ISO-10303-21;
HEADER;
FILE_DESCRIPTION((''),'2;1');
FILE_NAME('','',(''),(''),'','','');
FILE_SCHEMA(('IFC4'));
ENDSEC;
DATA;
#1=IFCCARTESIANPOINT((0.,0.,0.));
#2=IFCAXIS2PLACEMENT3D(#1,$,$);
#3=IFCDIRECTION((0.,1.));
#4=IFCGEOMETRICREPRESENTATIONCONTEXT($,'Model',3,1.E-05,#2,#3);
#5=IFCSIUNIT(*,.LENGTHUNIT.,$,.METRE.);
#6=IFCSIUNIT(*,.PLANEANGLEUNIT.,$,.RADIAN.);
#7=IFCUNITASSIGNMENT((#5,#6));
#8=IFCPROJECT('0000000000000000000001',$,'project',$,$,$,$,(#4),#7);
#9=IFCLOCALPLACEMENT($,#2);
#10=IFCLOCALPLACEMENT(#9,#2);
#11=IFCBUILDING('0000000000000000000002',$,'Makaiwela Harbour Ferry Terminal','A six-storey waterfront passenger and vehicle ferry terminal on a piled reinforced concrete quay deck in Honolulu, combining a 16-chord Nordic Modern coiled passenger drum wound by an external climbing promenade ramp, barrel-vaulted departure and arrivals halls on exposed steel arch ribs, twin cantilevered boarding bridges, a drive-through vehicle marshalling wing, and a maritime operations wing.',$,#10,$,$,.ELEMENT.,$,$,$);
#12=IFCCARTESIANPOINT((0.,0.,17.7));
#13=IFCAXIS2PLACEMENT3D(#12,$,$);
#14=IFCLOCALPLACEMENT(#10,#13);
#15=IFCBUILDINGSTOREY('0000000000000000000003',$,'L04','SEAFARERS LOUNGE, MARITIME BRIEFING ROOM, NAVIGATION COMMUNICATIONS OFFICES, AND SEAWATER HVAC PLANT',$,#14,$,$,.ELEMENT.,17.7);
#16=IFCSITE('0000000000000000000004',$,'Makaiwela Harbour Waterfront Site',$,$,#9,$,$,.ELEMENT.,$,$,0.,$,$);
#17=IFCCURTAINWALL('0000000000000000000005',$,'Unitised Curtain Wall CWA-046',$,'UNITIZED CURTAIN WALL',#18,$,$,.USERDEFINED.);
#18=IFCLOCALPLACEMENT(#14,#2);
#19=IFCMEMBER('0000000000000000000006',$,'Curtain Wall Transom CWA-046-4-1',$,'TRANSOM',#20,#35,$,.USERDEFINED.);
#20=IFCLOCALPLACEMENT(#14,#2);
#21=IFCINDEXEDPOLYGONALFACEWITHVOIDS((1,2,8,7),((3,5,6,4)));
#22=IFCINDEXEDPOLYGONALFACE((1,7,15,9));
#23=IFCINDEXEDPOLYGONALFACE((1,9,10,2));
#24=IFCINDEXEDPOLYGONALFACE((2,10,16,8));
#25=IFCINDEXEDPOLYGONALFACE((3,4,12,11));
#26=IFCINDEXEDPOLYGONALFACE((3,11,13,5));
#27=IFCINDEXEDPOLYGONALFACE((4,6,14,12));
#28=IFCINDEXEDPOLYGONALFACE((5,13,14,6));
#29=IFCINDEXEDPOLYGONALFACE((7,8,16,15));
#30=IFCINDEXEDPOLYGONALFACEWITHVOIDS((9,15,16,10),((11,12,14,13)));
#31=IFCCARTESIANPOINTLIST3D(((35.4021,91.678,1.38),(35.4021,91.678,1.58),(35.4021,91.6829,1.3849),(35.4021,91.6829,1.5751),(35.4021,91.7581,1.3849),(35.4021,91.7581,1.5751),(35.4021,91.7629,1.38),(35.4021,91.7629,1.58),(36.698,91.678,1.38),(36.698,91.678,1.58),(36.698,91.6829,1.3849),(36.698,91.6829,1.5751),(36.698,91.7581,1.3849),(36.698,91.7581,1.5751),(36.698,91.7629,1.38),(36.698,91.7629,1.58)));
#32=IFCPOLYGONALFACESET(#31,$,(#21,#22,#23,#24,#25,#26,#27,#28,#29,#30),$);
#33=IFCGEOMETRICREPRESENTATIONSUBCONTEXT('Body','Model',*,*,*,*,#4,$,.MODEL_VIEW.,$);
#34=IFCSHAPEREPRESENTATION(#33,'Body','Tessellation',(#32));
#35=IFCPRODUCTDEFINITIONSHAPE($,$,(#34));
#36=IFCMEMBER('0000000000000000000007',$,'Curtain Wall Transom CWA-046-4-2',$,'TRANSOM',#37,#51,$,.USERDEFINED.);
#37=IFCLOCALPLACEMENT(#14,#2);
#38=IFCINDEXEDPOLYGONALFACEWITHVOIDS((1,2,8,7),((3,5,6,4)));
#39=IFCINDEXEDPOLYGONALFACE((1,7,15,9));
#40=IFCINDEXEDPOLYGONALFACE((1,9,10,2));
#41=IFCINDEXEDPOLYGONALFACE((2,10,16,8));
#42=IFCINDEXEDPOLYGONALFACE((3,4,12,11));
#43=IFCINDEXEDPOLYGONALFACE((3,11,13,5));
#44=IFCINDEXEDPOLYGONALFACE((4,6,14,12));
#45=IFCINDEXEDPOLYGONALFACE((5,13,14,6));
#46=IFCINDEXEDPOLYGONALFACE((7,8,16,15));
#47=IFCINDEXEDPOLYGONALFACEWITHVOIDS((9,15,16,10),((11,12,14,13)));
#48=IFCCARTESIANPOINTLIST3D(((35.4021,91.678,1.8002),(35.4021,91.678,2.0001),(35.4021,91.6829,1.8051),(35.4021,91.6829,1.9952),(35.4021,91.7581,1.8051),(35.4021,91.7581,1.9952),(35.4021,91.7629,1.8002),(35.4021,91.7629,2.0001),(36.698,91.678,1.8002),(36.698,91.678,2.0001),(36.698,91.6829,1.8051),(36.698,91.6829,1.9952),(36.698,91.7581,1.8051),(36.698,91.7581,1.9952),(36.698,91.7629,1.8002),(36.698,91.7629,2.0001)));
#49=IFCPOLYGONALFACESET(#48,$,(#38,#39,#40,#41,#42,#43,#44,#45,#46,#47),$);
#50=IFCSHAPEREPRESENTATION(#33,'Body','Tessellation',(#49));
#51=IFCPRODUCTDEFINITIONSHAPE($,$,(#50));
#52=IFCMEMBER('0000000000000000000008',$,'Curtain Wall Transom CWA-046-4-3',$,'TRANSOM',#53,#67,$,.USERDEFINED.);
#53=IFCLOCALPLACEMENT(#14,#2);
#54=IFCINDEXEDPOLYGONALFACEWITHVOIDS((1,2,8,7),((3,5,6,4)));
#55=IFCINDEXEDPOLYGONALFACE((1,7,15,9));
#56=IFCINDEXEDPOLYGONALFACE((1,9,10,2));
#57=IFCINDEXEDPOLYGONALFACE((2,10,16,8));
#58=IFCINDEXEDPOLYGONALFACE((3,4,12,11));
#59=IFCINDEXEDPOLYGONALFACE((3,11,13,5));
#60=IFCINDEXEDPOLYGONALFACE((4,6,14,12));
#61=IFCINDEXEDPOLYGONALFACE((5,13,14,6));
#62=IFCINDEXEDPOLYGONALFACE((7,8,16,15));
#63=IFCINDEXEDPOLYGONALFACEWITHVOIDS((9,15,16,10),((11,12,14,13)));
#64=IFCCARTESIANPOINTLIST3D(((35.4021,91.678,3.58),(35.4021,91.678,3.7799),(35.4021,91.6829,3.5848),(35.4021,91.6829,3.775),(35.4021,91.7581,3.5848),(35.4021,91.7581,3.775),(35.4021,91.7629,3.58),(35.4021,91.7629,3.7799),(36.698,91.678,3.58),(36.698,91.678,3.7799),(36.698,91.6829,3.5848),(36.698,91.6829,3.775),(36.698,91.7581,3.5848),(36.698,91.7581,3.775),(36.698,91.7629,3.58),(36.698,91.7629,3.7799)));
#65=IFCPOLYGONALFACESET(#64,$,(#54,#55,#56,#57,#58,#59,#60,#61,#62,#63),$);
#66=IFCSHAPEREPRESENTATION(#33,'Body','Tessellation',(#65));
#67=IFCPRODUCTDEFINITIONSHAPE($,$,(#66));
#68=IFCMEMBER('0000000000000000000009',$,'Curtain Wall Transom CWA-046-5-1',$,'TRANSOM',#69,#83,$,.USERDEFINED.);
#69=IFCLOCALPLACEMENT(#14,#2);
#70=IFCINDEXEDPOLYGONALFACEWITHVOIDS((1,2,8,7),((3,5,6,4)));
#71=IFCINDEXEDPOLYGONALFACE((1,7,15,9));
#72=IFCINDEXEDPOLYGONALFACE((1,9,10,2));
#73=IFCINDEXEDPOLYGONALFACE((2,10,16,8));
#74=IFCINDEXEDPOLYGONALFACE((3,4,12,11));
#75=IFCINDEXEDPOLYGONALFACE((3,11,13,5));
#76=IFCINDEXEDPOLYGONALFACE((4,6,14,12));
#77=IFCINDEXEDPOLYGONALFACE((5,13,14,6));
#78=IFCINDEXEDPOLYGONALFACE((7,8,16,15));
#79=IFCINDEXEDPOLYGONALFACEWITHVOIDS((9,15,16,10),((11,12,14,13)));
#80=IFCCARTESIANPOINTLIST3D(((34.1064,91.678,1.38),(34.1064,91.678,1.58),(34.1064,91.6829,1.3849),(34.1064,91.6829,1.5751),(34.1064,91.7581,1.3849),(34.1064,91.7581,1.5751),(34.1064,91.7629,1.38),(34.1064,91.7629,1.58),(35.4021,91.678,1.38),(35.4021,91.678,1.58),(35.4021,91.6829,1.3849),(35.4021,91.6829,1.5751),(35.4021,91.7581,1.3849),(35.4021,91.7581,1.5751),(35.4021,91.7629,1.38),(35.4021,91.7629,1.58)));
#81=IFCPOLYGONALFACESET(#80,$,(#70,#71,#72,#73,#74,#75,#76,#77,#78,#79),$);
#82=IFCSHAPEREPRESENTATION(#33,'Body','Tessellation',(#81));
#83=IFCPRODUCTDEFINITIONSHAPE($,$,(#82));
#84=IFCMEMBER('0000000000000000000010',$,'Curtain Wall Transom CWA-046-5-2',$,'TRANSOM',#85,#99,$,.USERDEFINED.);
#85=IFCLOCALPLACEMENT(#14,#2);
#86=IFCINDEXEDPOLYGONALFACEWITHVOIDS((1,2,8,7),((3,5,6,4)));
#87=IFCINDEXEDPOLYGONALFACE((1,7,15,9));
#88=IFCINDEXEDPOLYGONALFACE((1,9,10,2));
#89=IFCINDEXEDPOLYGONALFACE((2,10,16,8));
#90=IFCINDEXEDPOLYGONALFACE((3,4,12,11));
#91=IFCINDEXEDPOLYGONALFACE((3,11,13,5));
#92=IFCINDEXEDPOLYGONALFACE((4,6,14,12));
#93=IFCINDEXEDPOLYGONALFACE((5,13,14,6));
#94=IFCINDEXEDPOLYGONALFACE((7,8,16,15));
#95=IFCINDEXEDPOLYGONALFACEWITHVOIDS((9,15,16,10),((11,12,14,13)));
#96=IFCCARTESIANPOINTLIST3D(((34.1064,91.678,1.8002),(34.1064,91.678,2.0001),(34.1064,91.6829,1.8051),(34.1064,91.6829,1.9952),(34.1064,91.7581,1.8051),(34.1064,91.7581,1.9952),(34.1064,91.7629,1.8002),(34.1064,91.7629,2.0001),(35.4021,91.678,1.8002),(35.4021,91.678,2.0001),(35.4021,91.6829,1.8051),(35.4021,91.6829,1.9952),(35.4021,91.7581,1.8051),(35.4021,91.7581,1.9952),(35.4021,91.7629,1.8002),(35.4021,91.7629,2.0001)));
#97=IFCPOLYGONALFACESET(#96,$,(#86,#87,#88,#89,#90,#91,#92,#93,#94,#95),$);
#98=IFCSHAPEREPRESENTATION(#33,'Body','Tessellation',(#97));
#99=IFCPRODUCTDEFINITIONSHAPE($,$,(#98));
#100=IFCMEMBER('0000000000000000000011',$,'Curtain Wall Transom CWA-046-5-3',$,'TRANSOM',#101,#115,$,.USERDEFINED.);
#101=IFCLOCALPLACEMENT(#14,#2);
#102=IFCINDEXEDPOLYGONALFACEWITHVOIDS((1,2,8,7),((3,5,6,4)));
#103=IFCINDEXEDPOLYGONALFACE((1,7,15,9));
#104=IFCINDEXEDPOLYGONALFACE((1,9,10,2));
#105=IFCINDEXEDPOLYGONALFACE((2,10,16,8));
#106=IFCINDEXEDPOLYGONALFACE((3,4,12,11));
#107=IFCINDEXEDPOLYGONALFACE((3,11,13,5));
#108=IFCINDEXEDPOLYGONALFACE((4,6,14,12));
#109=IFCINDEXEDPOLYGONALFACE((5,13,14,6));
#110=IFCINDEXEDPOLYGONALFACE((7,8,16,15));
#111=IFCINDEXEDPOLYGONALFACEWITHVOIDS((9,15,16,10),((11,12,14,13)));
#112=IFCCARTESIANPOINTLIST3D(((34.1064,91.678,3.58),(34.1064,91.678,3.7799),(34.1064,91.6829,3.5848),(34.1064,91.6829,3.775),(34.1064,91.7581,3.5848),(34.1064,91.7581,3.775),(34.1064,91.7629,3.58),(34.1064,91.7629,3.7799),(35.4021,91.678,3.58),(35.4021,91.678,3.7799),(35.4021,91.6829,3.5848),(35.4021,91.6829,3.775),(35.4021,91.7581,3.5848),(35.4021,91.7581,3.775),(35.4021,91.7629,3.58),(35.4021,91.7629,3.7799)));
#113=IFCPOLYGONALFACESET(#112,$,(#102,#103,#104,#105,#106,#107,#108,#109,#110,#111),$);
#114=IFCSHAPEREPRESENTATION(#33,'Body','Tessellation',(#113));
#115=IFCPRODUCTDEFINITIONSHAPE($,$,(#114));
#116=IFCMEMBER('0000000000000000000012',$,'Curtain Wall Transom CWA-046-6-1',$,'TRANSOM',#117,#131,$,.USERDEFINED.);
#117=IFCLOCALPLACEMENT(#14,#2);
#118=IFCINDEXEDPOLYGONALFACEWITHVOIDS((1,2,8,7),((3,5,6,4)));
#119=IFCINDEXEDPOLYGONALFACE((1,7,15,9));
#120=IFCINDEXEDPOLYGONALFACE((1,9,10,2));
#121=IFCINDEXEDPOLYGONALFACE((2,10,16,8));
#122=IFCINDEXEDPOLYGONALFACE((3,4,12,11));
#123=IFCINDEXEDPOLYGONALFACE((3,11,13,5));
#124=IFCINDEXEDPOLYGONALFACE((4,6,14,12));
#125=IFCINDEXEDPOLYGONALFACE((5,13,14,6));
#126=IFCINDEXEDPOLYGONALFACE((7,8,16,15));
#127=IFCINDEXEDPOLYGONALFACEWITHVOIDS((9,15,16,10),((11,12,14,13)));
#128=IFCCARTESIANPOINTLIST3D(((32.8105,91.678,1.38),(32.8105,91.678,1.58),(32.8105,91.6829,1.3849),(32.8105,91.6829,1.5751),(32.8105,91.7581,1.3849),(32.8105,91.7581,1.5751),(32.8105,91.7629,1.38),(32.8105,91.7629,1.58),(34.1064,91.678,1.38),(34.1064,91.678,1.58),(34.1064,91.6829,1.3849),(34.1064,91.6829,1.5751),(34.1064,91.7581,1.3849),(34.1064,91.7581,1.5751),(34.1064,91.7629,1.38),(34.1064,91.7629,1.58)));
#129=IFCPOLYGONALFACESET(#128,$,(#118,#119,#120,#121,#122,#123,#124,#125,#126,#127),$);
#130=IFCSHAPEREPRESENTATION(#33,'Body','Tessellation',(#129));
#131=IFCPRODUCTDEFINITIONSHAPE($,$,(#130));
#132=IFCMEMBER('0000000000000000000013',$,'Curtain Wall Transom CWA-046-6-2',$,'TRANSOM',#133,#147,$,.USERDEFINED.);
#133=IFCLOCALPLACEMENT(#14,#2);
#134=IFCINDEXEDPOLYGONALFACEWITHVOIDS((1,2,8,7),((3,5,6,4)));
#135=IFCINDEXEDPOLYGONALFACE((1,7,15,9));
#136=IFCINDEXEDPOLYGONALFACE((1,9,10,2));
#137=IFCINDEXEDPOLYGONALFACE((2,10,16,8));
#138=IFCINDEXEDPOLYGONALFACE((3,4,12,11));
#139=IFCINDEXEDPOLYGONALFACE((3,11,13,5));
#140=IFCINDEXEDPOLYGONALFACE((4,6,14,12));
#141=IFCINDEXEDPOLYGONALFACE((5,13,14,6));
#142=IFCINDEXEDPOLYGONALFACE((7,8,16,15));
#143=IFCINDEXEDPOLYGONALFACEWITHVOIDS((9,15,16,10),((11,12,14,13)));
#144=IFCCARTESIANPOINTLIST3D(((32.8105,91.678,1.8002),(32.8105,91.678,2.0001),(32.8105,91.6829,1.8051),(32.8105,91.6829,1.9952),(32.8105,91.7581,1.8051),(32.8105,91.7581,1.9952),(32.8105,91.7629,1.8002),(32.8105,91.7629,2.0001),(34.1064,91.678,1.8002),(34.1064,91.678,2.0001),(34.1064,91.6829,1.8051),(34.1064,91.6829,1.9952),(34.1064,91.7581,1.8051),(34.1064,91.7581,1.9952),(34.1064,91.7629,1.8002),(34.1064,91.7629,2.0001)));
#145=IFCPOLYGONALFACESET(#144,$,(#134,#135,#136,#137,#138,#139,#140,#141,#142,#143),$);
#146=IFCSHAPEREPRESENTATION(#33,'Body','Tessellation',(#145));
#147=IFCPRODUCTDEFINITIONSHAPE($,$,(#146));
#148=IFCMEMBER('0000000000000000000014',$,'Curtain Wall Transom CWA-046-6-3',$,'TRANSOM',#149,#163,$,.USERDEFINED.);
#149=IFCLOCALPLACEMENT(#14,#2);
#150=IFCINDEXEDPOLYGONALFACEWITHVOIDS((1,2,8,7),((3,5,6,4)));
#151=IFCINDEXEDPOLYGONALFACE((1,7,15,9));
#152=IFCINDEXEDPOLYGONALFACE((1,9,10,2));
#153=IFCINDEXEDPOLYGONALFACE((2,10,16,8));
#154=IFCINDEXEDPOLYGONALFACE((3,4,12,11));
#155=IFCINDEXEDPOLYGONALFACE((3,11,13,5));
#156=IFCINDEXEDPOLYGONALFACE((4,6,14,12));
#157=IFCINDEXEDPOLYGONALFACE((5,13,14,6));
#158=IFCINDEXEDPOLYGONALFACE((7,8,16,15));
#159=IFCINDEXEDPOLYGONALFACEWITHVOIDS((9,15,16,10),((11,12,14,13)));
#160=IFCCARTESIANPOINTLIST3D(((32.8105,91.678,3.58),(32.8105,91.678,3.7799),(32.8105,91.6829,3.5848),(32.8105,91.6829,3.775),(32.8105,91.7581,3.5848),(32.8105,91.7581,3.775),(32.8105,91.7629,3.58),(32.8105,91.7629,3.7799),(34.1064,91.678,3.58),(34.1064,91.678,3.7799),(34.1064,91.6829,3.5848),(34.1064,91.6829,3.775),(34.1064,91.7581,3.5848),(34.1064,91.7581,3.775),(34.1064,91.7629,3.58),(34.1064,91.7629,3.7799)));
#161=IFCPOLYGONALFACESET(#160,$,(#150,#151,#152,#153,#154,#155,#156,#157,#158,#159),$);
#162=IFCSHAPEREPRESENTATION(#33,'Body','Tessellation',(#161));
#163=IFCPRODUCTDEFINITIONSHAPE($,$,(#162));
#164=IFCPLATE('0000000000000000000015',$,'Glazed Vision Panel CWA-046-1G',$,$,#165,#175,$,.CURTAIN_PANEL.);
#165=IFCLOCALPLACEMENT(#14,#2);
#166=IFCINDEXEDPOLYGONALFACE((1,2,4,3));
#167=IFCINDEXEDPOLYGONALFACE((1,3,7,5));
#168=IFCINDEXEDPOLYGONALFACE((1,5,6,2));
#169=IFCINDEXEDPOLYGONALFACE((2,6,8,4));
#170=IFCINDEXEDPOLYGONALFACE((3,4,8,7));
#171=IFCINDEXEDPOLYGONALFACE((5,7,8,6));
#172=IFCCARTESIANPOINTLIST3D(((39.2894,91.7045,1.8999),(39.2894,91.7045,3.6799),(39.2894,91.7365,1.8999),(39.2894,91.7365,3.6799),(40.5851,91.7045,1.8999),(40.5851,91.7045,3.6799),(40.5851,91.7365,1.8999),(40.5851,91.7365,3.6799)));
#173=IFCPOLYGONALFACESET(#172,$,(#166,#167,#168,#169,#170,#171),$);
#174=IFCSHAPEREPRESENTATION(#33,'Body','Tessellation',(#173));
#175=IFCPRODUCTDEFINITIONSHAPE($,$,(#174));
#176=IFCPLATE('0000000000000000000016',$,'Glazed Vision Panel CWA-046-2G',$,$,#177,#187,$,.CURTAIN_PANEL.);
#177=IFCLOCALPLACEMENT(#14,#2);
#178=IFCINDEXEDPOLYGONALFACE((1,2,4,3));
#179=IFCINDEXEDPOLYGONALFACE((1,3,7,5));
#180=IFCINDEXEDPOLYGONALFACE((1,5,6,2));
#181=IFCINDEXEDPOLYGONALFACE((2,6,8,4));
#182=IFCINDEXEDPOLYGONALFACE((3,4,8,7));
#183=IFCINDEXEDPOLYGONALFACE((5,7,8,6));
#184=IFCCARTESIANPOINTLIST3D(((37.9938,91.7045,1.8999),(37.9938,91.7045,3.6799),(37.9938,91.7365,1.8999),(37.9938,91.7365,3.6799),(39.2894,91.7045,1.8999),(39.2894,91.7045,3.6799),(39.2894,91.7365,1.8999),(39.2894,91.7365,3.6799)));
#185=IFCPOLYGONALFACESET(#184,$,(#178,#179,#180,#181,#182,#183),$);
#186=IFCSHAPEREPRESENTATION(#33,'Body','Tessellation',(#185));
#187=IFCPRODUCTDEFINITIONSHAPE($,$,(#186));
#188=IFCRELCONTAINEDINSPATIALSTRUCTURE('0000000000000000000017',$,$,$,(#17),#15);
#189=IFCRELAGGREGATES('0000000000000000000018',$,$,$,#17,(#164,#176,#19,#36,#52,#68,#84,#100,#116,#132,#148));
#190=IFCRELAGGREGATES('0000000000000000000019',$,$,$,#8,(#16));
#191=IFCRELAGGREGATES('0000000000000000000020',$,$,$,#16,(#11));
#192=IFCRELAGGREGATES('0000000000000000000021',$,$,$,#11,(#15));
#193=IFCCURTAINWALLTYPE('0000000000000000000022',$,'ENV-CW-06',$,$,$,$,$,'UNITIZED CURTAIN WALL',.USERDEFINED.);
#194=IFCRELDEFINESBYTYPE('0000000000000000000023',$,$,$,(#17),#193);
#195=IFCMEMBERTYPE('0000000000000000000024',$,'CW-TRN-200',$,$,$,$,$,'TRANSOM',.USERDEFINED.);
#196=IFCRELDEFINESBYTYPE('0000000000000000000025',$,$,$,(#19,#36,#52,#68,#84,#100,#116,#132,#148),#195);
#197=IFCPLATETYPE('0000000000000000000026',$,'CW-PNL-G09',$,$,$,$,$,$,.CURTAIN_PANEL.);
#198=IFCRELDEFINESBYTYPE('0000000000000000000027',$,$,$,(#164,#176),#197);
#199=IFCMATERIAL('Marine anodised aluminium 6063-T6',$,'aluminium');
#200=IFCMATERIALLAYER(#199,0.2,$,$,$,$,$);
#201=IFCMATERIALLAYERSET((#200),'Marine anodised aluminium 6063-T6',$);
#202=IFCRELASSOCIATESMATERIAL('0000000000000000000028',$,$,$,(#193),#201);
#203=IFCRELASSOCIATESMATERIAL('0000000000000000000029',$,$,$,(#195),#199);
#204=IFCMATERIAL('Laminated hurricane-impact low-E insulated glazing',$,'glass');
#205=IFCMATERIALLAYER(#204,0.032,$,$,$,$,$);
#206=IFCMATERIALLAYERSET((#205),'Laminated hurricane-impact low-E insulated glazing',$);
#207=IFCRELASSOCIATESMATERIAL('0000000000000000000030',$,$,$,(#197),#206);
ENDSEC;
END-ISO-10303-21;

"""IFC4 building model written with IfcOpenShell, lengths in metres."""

from ifc_helpers import new_model, si_unit, direction, frame, origin, origin_2d, place, context, subcontext, project, spatial, rectangle, hollow_rectangle, extrude, material, layer, layer_set, material_profile, profile_set, type_object, element, aggregate, save


model = new_model("IFC4")

# Units and contexts
model_context = context("Model", 3, precision=1e-05, world=origin(), true_north=direction((0.0, 1.0)))
body_context = subcontext(model_context, "Body", "Model", "MODEL_VIEW")
ifc_project = project(units=[si_unit("LENGTHUNIT", "METRE"), si_unit("PLANEANGLEUNIT", "RADIAN")], contexts=[model_context])

# Site, building, storey
site_placement = place(None, origin())
site = spatial("IfcSite", under=ifc_project, at=site_placement, Name="Makaiwela Harbour Waterfront Site", CompositionType="ELEMENT", RefElevation=0.0)
building_placement = place(site_placement, origin())
building = spatial("IfcBuilding", under=site, at=building_placement, Name="Makaiwela Harbour Ferry Terminal", Description="A six-storey waterfront passenger and vehicle ferry terminal on a piled reinforced concrete quay deck in Honolulu, combining a 16-chord Nordic Modern coiled passenger drum wound by an external climbing promenade ramp, barrel-vaulted departure and arrivals halls on exposed steel arch ribs, twin cantilevered boarding bridges, a drive-through vehicle marshalling wing, and a maritime operations wing.", CompositionType="ELEMENT")
storey_placement = place(building_placement, frame((0.0, 0.0, 17.7)))
storey = spatial("IfcBuildingStorey", under=building, at=storey_placement, Name="L04", Description="SEAFARERS LOUNGE, MARITIME BRIEFING ROOM, NAVIGATION COMMUNICATIONS OFFICES, AND SEAWATER HVAC PLANT", CompositionType="ELEMENT", Elevation=17.7)

# Curtain wall, members, plates
ifc_material_1 = material(Name="Marine anodised aluminium 6063-T6", Category="aluminium")
ifc_layer_1 = layer(ifc_material_1, 0.2)
ifc_layer_set_1 = layer_set([ifc_layer_1], Name="Marine anodised aluminium 6063-T6")
curtain_wall_type = type_object("IfcCurtainWallType", Name="ENV-CW-06", ElementType="UNITIZED CURTAIN WALL", PredefinedType="USERDEFINED", material=ifc_layer_set_1)
curtain_wall_placement = place(storey_placement, origin())
curtain_wall = element("IfcCurtainWall", 1, at=curtain_wall_placement, inside=storey, type_object=curtain_wall_type, Name="Unitised Curtain Wall CWA-046", ObjectType="UNITIZED CURTAIN WALL", PredefinedType="USERDEFINED")
ifc_material_profile_1 = material_profile(ifc_material_1, hollow_rectangle(XDim=0.085, YDim=0.2, WallThickness=0.0049, at=origin_2d()), Name="CWT-200X85")
ifc_profile_set_1 = profile_set([ifc_material_profile_1], Name="Marine anodised aluminium 6063-T6")
member_type_1 = type_object("IfcMemberType", Name="CW-TRN-200", ElementType="TRANSOM", PredefinedType="USERDEFINED", material=ifc_profile_set_1)
member_1_placement = place(storey_placement, frame((36.698, 91.7205, 1.48), z_axis=(-1.0, 0.0, 0.0), x_axis=(0.0, -1.0, 0.0)))
member_1 = element("IfcMember", 2, at=member_1_placement, type_object=member_type_1, Name="Curtain Wall Transom CWA-046-4-1", ObjectType="TRANSOM", PredefinedType="USERDEFINED", context=body_context, shape_type="SweptSolid", body=[
    extrude(hollow_rectangle(XDim=0.085, YDim=0.2, WallThickness=0.0049, at=origin_2d()), origin(), (0.0, 0.0, 1.0), 1.2959),
])
member_2_placement = place(storey_placement, frame((36.698, 91.7205, 1.9001), z_axis=(-1.0, 0.0, 0.0), x_axis=(0.0, -1.0, 0.0)))
member_2 = element("IfcMember", 3, at=member_2_placement, type_object=member_type_1, Name="Curtain Wall Transom CWA-046-4-2", ObjectType="TRANSOM", PredefinedType="USERDEFINED", context=body_context, shape_type="SweptSolid", body=[
    extrude(hollow_rectangle(XDim=0.085, YDim=0.2, WallThickness=0.0049, at=origin_2d()), origin(), (0.0, 0.0, 1.0), 1.2959),
])
member_3_placement = place(storey_placement, frame((36.698, 91.7205, 3.6799), z_axis=(-1.0, 0.0, 0.0), x_axis=(0.0, -1.0, 0.0)))
member_3 = element("IfcMember", 4, at=member_3_placement, type_object=member_type_1, Name="Curtain Wall Transom CWA-046-4-3", ObjectType="TRANSOM", PredefinedType="USERDEFINED", context=body_context, shape_type="SweptSolid", body=[
    extrude(hollow_rectangle(XDim=0.085, YDim=0.2, WallThickness=0.0049, at=origin_2d()), origin(), (0.0, 0.0, 1.0), 1.2959),
])
member_4_placement = place(storey_placement, frame((35.4021, 91.7205, 1.48), z_axis=(-1.0, 0.0, 0.0), x_axis=(0.0, -1.0, 0.0)))
member_4 = element("IfcMember", 5, at=member_4_placement, type_object=member_type_1, Name="Curtain Wall Transom CWA-046-5-1", ObjectType="TRANSOM", PredefinedType="USERDEFINED", context=body_context, shape_type="SweptSolid", body=[
    extrude(hollow_rectangle(XDim=0.085, YDim=0.2, WallThickness=0.0049, at=origin_2d()), origin(), (0.0, 0.0, 1.0), 1.2957),
])
member_5_placement = place(storey_placement, frame((35.4021, 91.7205, 1.9001), z_axis=(-1.0, 0.0, 0.0), x_axis=(0.0, -1.0, 0.0)))
member_5 = element("IfcMember", 6, at=member_5_placement, type_object=member_type_1, Name="Curtain Wall Transom CWA-046-5-2", ObjectType="TRANSOM", PredefinedType="USERDEFINED", context=body_context, shape_type="SweptSolid", body=[
    extrude(hollow_rectangle(XDim=0.085, YDim=0.2, WallThickness=0.0049, at=origin_2d()), origin(), (0.0, 0.0, 1.0), 1.2957),
])
member_6_placement = place(storey_placement, frame((35.4021, 91.7205, 3.6799), z_axis=(-1.0, 0.0, 0.0), x_axis=(0.0, -1.0, 0.0)))
member_6 = element("IfcMember", 7, at=member_6_placement, type_object=member_type_1, Name="Curtain Wall Transom CWA-046-5-3", ObjectType="TRANSOM", PredefinedType="USERDEFINED", context=body_context, shape_type="SweptSolid", body=[
    extrude(hollow_rectangle(XDim=0.085, YDim=0.2, WallThickness=0.0049, at=origin_2d()), origin(), (0.0, 0.0, 1.0), 1.2957),
])
member_7_placement = place(storey_placement, frame((34.1064, 91.7205, 1.48), z_axis=(-1.0, 0.0, 0.0), x_axis=(0.0, -1.0, 0.0)))
member_7 = element("IfcMember", 8, at=member_7_placement, type_object=member_type_1, Name="Curtain Wall Transom CWA-046-6-1", ObjectType="TRANSOM", PredefinedType="USERDEFINED", context=body_context, shape_type="SweptSolid", body=[
    extrude(hollow_rectangle(XDim=0.085, YDim=0.2, WallThickness=0.0049, at=origin_2d()), origin(), (0.0, 0.0, 1.0), 1.2959),
])
member_8_placement = place(storey_placement, frame((34.1064, 91.7205, 1.9001), z_axis=(-1.0, 0.0, 0.0), x_axis=(0.0, -1.0, 0.0)))
member_8 = element("IfcMember", 9, at=member_8_placement, type_object=member_type_1, Name="Curtain Wall Transom CWA-046-6-2", ObjectType="TRANSOM", PredefinedType="USERDEFINED", context=body_context, shape_type="SweptSolid", body=[
    extrude(hollow_rectangle(XDim=0.085, YDim=0.2, WallThickness=0.0049, at=origin_2d()), origin(), (0.0, 0.0, 1.0), 1.2959),
])
member_9_placement = place(storey_placement, frame((34.1064, 91.7205, 3.6799), z_axis=(-1.0, 0.0, 0.0), x_axis=(0.0, -1.0, 0.0)))
member_9 = element("IfcMember", 10, at=member_9_placement, type_object=member_type_1, Name="Curtain Wall Transom CWA-046-6-3", ObjectType="TRANSOM", PredefinedType="USERDEFINED", context=body_context, shape_type="SweptSolid", body=[
    extrude(hollow_rectangle(XDim=0.085, YDim=0.2, WallThickness=0.0049, at=origin_2d()), origin(), (0.0, 0.0, 1.0), 1.2959),
])
ifc_material_2 = material(Name="Laminated hurricane-impact low-E insulated glazing", Category="glass")
ifc_layer_2 = layer(ifc_material_2, 0.032)
ifc_layer_set_2 = layer_set([ifc_layer_2], Name="Laminated hurricane-impact low-E insulated glazing")
plate_type_1 = type_object("IfcPlateType", Name="CW-PNL-G09", PredefinedType="CURTAIN_PANEL", material=ifc_layer_set_2)
plate_1_placement = place(storey_placement, frame((39.9373, 91.7205, 1.8999), z_axis=(0.0, 0.0, 1.0), x_axis=(-1.0, 0.0, 0.0)))
plate_1 = element("IfcPlate", 11, at=plate_1_placement, type_object=plate_type_1, Name="Glazed Vision Panel CWA-046-1G", PredefinedType="CURTAIN_PANEL", context=body_context, shape_type="SweptSolid", body=[
    extrude(rectangle(XDim=1.2957, YDim=0.032, at=origin_2d()), origin(), (0.0, 0.0, 1.0), 1.78),
])
plate_2_placement = place(storey_placement, frame((38.6416, 91.7205, 1.8999), z_axis=(0.0, 0.0, 1.0), x_axis=(-1.0, 0.0, 0.0)))
plate_2 = element("IfcPlate", 12, at=plate_2_placement, type_object=plate_type_1, Name="Glazed Vision Panel CWA-046-2G", PredefinedType="CURTAIN_PANEL", context=body_context, shape_type="SweptSolid", body=[
    extrude(rectangle(XDim=1.2957, YDim=0.032, at=origin_2d()), origin(), (0.0, 0.0, 1.0), 1.78),
])
aggregate(curtain_wall, [plate_1, plate_2, member_1, member_2, member_3, member_4, member_5, member_6, member_7, member_8, member_9])

save(model, "model.ifc")
